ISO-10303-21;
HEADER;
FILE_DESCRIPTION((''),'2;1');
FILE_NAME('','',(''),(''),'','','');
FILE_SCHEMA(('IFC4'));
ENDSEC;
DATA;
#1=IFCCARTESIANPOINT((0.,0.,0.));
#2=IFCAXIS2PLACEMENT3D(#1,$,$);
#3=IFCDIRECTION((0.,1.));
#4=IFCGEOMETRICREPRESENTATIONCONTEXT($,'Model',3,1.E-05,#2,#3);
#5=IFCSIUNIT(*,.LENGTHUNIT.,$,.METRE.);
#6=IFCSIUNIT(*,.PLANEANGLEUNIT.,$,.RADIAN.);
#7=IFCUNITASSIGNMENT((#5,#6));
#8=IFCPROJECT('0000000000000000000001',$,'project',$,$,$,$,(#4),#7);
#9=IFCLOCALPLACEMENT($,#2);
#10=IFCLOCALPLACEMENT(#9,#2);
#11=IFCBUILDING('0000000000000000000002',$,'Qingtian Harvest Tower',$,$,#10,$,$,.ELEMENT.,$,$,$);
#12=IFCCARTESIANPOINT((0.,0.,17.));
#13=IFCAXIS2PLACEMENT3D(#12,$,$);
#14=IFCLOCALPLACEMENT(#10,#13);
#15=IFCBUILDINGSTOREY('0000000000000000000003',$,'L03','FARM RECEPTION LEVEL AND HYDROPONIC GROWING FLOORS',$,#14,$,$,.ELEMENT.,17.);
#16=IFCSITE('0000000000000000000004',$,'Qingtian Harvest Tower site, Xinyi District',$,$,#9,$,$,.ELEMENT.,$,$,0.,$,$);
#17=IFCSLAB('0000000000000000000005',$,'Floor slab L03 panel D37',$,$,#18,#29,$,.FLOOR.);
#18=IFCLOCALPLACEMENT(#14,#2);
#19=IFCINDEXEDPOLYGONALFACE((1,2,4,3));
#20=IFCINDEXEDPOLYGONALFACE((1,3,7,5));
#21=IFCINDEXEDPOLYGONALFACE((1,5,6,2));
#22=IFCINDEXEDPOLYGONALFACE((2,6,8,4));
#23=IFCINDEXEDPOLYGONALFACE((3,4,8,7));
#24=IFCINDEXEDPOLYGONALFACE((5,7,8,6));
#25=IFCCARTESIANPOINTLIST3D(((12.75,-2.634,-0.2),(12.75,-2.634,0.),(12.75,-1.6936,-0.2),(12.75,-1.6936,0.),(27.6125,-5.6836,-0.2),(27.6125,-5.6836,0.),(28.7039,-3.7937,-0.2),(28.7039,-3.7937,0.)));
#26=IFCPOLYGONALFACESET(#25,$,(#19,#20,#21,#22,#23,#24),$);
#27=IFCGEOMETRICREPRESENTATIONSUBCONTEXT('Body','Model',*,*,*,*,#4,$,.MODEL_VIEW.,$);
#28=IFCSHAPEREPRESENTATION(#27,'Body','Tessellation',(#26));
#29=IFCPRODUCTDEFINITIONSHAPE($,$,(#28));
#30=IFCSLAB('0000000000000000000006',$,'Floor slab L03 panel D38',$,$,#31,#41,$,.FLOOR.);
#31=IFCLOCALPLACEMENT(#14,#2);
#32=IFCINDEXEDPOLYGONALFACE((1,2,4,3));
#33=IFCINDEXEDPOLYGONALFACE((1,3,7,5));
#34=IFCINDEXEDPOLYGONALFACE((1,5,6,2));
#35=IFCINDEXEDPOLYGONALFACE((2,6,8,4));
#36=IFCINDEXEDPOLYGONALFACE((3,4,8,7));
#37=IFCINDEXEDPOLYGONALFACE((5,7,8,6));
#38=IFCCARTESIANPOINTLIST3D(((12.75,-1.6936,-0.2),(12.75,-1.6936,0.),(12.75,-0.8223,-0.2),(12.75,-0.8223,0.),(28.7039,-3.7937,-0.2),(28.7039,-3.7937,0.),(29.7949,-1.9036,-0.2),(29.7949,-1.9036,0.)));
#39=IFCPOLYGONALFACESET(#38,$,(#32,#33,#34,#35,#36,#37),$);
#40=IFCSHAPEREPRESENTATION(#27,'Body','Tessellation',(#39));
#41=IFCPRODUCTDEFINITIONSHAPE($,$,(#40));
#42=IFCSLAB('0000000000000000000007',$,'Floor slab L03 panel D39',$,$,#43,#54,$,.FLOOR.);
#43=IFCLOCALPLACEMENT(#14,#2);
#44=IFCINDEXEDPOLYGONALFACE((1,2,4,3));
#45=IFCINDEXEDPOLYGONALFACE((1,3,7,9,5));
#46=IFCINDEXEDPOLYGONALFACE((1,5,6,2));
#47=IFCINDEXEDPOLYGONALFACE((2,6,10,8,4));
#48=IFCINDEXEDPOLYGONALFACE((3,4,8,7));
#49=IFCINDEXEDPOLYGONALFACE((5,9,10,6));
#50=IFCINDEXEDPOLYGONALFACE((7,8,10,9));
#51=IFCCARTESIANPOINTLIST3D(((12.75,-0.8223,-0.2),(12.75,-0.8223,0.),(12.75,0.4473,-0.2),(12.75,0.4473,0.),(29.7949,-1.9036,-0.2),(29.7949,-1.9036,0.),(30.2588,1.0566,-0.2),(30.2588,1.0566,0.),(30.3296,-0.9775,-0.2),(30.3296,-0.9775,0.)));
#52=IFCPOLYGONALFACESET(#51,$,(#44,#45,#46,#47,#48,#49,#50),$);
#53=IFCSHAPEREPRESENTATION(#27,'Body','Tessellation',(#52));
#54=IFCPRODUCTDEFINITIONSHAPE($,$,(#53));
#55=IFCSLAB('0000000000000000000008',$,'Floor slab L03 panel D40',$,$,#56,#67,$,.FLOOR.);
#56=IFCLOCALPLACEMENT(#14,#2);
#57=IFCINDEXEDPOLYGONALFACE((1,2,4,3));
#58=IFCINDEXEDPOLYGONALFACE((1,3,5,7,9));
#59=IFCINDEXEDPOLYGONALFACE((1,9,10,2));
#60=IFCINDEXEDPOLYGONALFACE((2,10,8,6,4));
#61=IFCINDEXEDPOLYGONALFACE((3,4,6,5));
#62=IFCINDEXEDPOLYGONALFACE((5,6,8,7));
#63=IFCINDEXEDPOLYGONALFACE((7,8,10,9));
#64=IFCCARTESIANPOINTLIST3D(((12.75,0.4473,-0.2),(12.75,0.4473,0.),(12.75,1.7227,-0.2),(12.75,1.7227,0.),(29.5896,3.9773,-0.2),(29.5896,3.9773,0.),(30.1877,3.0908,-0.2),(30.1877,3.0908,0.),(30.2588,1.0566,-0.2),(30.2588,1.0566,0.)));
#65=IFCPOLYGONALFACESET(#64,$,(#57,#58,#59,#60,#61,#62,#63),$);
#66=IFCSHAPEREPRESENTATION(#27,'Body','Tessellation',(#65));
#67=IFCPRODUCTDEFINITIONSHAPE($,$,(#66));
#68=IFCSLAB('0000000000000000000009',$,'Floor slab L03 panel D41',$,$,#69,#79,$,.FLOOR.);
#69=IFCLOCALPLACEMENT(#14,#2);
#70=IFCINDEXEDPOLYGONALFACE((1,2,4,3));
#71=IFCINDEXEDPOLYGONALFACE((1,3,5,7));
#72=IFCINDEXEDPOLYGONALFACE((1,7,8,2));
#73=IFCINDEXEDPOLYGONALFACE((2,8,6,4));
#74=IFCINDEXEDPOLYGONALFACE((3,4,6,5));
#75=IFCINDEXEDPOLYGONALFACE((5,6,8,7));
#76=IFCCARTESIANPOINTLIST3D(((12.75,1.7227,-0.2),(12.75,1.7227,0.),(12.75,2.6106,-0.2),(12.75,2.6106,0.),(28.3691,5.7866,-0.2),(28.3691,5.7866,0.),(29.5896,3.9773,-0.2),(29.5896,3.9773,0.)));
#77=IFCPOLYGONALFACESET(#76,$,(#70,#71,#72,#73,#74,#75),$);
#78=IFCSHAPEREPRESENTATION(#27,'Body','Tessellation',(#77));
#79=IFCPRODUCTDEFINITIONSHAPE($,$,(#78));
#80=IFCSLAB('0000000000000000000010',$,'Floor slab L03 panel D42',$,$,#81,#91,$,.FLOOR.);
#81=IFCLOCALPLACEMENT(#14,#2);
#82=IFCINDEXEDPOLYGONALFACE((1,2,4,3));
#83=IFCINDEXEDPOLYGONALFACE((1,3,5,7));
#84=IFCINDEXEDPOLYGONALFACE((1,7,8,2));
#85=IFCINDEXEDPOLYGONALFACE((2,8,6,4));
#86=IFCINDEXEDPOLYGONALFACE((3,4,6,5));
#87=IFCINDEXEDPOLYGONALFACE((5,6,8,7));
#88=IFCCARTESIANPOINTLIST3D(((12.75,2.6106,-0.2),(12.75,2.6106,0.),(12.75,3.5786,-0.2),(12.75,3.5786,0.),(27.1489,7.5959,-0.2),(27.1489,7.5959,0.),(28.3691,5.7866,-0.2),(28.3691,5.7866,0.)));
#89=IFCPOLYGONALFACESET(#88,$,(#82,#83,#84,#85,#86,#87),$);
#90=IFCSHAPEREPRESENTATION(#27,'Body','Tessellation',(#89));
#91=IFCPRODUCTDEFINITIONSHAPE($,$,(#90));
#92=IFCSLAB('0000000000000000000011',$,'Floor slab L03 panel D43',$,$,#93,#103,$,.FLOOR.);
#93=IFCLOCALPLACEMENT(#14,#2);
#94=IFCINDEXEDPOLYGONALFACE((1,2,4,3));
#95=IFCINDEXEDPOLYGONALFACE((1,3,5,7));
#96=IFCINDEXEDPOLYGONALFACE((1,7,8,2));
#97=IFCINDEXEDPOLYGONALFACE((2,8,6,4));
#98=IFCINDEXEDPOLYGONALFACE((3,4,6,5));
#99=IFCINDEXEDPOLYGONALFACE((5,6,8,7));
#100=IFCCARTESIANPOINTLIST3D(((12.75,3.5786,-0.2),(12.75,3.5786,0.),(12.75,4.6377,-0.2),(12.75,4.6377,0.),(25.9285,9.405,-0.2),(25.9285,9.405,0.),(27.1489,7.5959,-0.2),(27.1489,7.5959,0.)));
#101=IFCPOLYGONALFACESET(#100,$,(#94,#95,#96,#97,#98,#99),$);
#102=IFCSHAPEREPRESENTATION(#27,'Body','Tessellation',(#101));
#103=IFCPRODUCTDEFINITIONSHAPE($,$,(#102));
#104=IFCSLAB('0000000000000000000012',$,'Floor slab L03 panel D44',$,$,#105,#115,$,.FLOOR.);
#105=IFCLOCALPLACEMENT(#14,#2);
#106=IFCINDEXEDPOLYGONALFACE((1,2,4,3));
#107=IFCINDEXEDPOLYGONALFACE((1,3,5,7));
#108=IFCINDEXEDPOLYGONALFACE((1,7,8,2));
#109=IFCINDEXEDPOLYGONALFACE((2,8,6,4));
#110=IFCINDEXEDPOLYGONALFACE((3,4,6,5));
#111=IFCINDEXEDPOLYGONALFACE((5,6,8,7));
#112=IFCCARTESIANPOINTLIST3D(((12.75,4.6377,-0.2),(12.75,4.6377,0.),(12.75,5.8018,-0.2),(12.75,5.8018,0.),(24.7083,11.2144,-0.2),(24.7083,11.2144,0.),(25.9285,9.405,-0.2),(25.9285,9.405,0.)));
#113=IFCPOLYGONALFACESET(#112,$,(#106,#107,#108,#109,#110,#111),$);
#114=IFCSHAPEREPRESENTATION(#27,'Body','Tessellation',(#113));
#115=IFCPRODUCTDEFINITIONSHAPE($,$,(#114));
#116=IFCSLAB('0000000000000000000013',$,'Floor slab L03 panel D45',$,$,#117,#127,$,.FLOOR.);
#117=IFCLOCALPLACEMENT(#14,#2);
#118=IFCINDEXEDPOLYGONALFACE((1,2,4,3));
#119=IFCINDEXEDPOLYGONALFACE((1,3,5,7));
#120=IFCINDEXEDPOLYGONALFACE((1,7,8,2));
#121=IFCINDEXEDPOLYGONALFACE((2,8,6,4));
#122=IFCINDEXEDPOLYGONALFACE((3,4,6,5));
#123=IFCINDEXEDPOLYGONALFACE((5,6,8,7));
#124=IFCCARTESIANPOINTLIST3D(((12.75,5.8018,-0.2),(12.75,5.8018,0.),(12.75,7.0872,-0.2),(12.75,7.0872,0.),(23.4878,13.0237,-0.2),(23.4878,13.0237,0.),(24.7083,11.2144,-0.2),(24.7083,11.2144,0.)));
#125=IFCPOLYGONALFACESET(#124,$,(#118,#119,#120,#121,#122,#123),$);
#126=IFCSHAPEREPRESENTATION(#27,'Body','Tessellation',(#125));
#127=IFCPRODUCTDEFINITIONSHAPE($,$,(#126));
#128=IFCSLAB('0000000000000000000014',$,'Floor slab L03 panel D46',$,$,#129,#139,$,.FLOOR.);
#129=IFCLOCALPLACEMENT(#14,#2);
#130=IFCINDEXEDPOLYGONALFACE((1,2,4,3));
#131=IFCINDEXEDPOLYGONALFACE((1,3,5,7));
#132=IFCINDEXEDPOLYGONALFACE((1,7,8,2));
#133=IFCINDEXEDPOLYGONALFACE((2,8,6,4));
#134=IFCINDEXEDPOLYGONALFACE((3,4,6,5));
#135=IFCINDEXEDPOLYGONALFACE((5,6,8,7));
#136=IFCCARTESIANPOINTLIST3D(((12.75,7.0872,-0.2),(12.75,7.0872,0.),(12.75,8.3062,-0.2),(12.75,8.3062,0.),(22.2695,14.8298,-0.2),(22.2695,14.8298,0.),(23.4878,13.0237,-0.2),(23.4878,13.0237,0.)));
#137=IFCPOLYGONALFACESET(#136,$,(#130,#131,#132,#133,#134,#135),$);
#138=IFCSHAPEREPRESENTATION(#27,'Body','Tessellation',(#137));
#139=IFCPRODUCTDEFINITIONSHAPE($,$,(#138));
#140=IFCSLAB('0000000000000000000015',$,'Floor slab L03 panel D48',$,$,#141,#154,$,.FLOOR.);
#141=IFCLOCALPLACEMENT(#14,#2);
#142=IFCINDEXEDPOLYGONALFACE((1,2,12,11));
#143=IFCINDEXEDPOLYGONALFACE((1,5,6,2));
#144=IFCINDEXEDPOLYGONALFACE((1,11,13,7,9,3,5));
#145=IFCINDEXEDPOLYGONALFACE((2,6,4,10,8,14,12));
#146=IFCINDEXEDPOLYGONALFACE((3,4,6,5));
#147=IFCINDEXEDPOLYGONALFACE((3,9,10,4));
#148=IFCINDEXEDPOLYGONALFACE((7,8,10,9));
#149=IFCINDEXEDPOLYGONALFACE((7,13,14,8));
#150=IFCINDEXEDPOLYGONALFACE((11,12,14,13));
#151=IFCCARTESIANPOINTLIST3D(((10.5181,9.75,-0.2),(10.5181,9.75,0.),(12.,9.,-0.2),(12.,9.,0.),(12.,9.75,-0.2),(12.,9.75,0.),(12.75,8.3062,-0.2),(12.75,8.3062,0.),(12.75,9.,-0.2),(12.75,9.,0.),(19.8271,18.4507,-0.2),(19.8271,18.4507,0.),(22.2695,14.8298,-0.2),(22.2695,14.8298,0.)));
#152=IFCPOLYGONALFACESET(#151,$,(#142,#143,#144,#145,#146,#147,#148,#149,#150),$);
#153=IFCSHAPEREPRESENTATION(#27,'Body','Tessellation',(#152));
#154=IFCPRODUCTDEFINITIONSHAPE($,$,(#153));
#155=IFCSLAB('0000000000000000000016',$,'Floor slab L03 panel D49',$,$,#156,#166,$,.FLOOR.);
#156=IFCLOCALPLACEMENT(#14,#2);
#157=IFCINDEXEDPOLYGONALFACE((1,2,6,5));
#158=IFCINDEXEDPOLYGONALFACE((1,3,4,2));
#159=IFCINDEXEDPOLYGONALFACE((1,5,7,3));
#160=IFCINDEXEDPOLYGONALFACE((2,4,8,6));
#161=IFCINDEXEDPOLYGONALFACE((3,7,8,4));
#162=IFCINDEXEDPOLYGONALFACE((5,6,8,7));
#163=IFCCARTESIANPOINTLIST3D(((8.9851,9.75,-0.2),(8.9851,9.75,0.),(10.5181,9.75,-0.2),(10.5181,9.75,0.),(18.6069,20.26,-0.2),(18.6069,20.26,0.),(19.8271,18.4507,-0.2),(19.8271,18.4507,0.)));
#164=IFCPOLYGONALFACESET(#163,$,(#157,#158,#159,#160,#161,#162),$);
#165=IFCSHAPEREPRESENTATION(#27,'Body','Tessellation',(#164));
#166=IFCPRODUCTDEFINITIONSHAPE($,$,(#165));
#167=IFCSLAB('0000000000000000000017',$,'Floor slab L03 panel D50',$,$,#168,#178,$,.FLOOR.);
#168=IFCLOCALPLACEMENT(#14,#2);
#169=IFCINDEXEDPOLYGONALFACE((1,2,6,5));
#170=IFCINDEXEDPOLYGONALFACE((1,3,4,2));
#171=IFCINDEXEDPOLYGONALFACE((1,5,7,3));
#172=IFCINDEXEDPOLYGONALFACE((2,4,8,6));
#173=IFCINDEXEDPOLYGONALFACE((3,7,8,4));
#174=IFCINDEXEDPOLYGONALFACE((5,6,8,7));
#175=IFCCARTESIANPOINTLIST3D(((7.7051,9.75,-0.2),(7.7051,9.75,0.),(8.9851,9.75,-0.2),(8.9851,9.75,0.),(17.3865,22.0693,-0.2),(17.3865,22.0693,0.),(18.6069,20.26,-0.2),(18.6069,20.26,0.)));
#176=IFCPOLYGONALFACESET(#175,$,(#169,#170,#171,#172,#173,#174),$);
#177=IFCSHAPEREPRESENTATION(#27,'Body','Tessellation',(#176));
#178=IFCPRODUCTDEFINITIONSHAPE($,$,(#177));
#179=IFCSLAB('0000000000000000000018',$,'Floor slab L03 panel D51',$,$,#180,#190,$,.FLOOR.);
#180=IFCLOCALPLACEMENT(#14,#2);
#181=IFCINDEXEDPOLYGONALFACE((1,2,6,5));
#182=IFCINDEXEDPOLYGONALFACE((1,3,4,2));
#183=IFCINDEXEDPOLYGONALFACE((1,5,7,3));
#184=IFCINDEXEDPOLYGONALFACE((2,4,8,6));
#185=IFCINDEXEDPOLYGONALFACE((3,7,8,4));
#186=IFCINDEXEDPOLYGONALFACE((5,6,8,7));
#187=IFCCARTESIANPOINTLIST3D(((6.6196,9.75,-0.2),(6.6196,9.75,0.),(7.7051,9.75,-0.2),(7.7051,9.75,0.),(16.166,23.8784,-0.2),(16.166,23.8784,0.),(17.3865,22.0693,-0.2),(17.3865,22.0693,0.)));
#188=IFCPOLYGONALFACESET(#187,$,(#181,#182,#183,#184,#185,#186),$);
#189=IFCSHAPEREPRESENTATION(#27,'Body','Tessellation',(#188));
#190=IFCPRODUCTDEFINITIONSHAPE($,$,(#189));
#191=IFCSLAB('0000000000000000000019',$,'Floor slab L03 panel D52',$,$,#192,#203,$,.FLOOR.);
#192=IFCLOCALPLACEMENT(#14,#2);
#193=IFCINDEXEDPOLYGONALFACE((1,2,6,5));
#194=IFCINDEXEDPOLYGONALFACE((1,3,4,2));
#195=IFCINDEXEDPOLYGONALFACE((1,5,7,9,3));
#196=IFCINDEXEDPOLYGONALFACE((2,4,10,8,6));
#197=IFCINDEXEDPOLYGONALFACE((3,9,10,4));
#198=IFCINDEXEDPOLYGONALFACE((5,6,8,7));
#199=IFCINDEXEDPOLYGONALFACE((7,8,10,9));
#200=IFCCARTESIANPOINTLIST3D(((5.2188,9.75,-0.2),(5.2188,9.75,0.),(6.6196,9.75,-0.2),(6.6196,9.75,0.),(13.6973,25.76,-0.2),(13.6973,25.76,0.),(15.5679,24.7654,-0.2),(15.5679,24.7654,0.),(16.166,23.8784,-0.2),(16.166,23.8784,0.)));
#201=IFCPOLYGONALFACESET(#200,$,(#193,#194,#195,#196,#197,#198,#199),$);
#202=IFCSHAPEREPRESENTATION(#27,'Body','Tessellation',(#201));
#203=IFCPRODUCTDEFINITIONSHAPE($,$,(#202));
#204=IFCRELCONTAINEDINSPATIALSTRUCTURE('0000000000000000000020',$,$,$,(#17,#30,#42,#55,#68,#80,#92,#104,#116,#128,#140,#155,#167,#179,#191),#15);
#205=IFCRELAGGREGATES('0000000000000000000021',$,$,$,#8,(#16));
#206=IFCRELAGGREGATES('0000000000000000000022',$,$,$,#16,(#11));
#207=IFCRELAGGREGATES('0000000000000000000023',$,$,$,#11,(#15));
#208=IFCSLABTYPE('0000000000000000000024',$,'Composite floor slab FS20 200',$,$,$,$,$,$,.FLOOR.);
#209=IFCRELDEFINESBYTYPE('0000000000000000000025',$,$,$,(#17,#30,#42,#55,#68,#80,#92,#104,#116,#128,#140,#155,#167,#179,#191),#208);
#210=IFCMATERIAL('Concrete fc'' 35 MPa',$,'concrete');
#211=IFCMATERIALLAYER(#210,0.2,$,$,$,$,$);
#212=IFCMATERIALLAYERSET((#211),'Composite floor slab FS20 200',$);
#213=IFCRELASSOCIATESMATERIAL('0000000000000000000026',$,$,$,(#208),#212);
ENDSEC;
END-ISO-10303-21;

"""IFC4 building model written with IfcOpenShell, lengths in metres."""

from ifc_helpers import new_model, si_unit, direction, frame, origin, place, context, subcontext, project, spatial, polyline, outline, extrude, material, layer, layer_set, type_object, element, save


model = new_model("IFC4")

# Units and contexts
model_context = context("Model", 3, precision=1e-05, world=origin(), true_north=direction((0.0, 1.0)))
body_context = subcontext(model_context, "Body", "Model", "MODEL_VIEW")
ifc_project = project(units=[si_unit("LENGTHUNIT", "METRE"), si_unit("PLANEANGLEUNIT", "RADIAN")], contexts=[model_context])

# Site, building, storey
site_placement = place(None, origin())
site = spatial("IfcSite", under=ifc_project, at=site_placement, Name="Qingtian Harvest Tower site, Xinyi District", CompositionType="ELEMENT", RefElevation=0.0)
building_placement = place(site_placement, origin())
building = spatial("IfcBuilding", under=site, at=building_placement, Name="Qingtian Harvest Tower", CompositionType="ELEMENT")
storey_placement = place(building_placement, frame((0.0, 0.0, 17.0)))
storey = spatial("IfcBuildingStorey", under=building, at=storey_placement, Name="L03", Description="FARM RECEPTION LEVEL AND HYDROPONIC GROWING FLOORS", CompositionType="ELEMENT", Elevation=17.0)

# Slabs
ifc_material = material(Name="Concrete fc' 35 MPa", Category="concrete")
ifc_layer = layer(ifc_material, 0.2)
ifc_layer_set = layer_set([ifc_layer], Name="Composite floor slab FS20 200")
slab_type = type_object("IfcSlabType", Name="Composite floor slab FS20 200", PredefinedType="FLOOR", material=ifc_layer_set)
slab_1_placement = place(storey_placement, frame((0.0, 0.0, -0.2)))
element("IfcSlab", 1, at=slab_1_placement, inside=storey, type_object=slab_type, Name="Floor slab L03 panel D37", PredefinedType="FLOOR", context=body_context, shape_type="SweptSolid", body=[
    extrude(outline(polyline([(12.75, -1.6936), (28.7039, -3.7937), (27.6125, -5.6836), (12.75, -2.634), (12.75, -1.6936)])), origin(), (0.0, 0.0, 1.0), 0.2),
])
slab_2_placement = place(storey_placement, frame((0.0, 0.0, -0.2)))
element("IfcSlab", 2, at=slab_2_placement, inside=storey, type_object=slab_type, Name="Floor slab L03 panel D38", PredefinedType="FLOOR", context=body_context, shape_type="SweptSolid", body=[
    extrude(outline(polyline([(12.75, -0.8223), (29.7949, -1.9036), (28.7039, -3.7937), (12.75, -1.6936), (12.75, -0.8223)])), origin(), (0.0, 0.0, 1.0), 0.2),
])
slab_3_placement = place(storey_placement, frame((0.0, 0.0, -0.2)))
element("IfcSlab", 3, at=slab_3_placement, inside=storey, type_object=slab_type, Name="Floor slab L03 panel D39", PredefinedType="FLOOR", context=body_context, shape_type="SweptSolid", body=[
    extrude(outline(polyline([(12.75, -0.8223), (12.75, 0.4473), (30.2588, 1.0566), (30.3296, -0.9775), (29.7949, -1.9036), (12.75, -0.8223)])), origin(), (0.0, 0.0, 1.0), 0.2),
])
slab_4_placement = place(storey_placement, frame((0.0, 0.0, -0.2)))
element("IfcSlab", 4, at=slab_4_placement, inside=storey, type_object=slab_type, Name="Floor slab L03 panel D40", PredefinedType="FLOOR", context=body_context, shape_type="SweptSolid", body=[
    extrude(outline(polyline([(12.75, 0.4473), (12.75, 1.7227), (29.5896, 3.9773), (30.1877, 3.0908), (30.2588, 1.0566), (12.75, 0.4473)])), origin(), (0.0, 0.0, 1.0), 0.2),
])
slab_5_placement = place(storey_placement, frame((0.0, 0.0, -0.2)))
element("IfcSlab", 5, at=slab_5_placement, inside=storey, type_object=slab_type, Name="Floor slab L03 panel D41", PredefinedType="FLOOR", context=body_context, shape_type="SweptSolid", body=[
    extrude(outline(polyline([(12.75, 2.6106), (28.3691, 5.7866), (29.5896, 3.9773), (12.75, 1.7227), (12.75, 2.6106)])), origin(), (0.0, 0.0, 1.0), 0.2),
])
slab_6_placement = place(storey_placement, frame((0.0, 0.0, -0.2)))
element("IfcSlab", 6, at=slab_6_placement, inside=storey, type_object=slab_type, Name="Floor slab L03 panel D42", PredefinedType="FLOOR", context=body_context, shape_type="SweptSolid", body=[
    extrude(outline(polyline([(12.75, 3.5786), (27.1489, 7.5959), (28.3691, 5.7866), (12.75, 2.6106), (12.75, 3.5786)])), origin(), (0.0, 0.0, 1.0), 0.2),
])
slab_7_placement = place(storey_placement, frame((0.0, 0.0, -0.2)))
element("IfcSlab", 7, at=slab_7_placement, inside=storey, type_object=slab_type, Name="Floor slab L03 panel D43", PredefinedType="FLOOR", context=body_context, shape_type="SweptSolid", body=[
    extrude(outline(polyline([(12.75, 4.6377), (25.9285, 9.405), (27.1489, 7.5959), (12.75, 3.5786), (12.75, 4.6377)])), origin(), (0.0, 0.0, 1.0), 0.2),
])
slab_8_placement = place(storey_placement, frame((0.0, 0.0, -0.2)))
element("IfcSlab", 8, at=slab_8_placement, inside=storey, type_object=slab_type, Name="Floor slab L03 panel D44", PredefinedType="FLOOR", context=body_context, shape_type="SweptSolid", body=[
    extrude(outline(polyline([(12.75, 5.8018), (24.7083, 11.2144), (25.9285, 9.405), (12.75, 4.6377), (12.75, 5.8018)])), origin(), (0.0, 0.0, 1.0), 0.2),
])
slab_9_placement = place(storey_placement, frame((0.0, 0.0, -0.2)))
element("IfcSlab", 9, at=slab_9_placement, inside=storey, type_object=slab_type, Name="Floor slab L03 panel D45", PredefinedType="FLOOR", context=body_context, shape_type="SweptSolid", body=[
    extrude(outline(polyline([(12.75, 7.0872), (23.4878, 13.0237), (24.7083, 11.2144), (12.75, 5.8018), (12.75, 7.0872)])), origin(), (0.0, 0.0, 1.0), 0.2),
])
slab_10_placement = place(storey_placement, frame((0.0, 0.0, -0.2)))
element("IfcSlab", 10, at=slab_10_placement, inside=storey, type_object=slab_type, Name="Floor slab L03 panel D46", PredefinedType="FLOOR", context=body_context, shape_type="SweptSolid", body=[
    extrude(outline(polyline([(12.75, 8.3062), (22.2695, 14.8298), (23.4878, 13.0237), (12.75, 7.0872), (12.75, 8.3062)])), origin(), (0.0, 0.0, 1.0), 0.2),
])
slab_11_placement = place(storey_placement, frame((0.0, 0.0, -0.2)))
element("IfcSlab", 11, at=slab_11_placement, inside=storey, type_object=slab_type, Name="Floor slab L03 panel D48", PredefinedType="FLOOR", context=body_context, shape_type="SweptSolid", body=[
    extrude(outline(polyline([(19.8271, 18.4507), (22.2695, 14.8298), (12.75, 8.3062), (12.75, 9.0), (12.0, 9.0), (12.0, 9.75), (10.5181, 9.75), (19.8271, 18.4507)])), origin(), (0.0, 0.0, 1.0), 0.2),
])
slab_12_placement = place(storey_placement, frame((0.0, 0.0, -0.2)))
element("IfcSlab", 12, at=slab_12_placement, inside=storey, type_object=slab_type, Name="Floor slab L03 panel D49", PredefinedType="FLOOR", context=body_context, shape_type="SweptSolid", body=[
    extrude(outline(polyline([(8.9851, 9.75), (18.6069, 20.26), (19.8271, 18.4507), (10.5181, 9.75), (8.9851, 9.75)])), origin(), (0.0, 0.0, 1.0), 0.2),
])
slab_13_placement = place(storey_placement, frame((0.0, 0.0, -0.2)))
element("IfcSlab", 13, at=slab_13_placement, inside=storey, type_object=slab_type, Name="Floor slab L03 panel D50", PredefinedType="FLOOR", context=body_context, shape_type="SweptSolid", body=[
    extrude(outline(polyline([(7.7051, 9.75), (17.3865, 22.0693), (18.6069, 20.26), (8.9851, 9.75), (7.7051, 9.75)])), origin(), (0.0, 0.0, 1.0), 0.2),
])
slab_14_placement = place(storey_placement, frame((0.0, 0.0, -0.2)))
element("IfcSlab", 14, at=slab_14_placement, inside=storey, type_object=slab_type, Name="Floor slab L03 panel D51", PredefinedType="FLOOR", context=body_context, shape_type="SweptSolid", body=[
    extrude(outline(polyline([(6.6196, 9.75), (16.166, 23.8784), (17.3865, 22.0693), (7.7051, 9.75), (6.6196, 9.75)])), origin(), (0.0, 0.0, 1.0), 0.2),
])
slab_15_placement = place(storey_placement, frame((0.0, 0.0, -0.2)))
element("IfcSlab", 15, at=slab_15_placement, inside=storey, type_object=slab_type, Name="Floor slab L03 panel D52", PredefinedType="FLOOR", context=body_context, shape_type="SweptSolid", body=[
    extrude(outline(polyline([(6.6196, 9.75), (5.2188, 9.75), (13.6973, 25.76), (15.5679, 24.7654), (16.166, 23.8784), (6.6196, 9.75)])), origin(), (0.0, 0.0, 1.0), 0.2),
])

save(model, "model.ifc")
